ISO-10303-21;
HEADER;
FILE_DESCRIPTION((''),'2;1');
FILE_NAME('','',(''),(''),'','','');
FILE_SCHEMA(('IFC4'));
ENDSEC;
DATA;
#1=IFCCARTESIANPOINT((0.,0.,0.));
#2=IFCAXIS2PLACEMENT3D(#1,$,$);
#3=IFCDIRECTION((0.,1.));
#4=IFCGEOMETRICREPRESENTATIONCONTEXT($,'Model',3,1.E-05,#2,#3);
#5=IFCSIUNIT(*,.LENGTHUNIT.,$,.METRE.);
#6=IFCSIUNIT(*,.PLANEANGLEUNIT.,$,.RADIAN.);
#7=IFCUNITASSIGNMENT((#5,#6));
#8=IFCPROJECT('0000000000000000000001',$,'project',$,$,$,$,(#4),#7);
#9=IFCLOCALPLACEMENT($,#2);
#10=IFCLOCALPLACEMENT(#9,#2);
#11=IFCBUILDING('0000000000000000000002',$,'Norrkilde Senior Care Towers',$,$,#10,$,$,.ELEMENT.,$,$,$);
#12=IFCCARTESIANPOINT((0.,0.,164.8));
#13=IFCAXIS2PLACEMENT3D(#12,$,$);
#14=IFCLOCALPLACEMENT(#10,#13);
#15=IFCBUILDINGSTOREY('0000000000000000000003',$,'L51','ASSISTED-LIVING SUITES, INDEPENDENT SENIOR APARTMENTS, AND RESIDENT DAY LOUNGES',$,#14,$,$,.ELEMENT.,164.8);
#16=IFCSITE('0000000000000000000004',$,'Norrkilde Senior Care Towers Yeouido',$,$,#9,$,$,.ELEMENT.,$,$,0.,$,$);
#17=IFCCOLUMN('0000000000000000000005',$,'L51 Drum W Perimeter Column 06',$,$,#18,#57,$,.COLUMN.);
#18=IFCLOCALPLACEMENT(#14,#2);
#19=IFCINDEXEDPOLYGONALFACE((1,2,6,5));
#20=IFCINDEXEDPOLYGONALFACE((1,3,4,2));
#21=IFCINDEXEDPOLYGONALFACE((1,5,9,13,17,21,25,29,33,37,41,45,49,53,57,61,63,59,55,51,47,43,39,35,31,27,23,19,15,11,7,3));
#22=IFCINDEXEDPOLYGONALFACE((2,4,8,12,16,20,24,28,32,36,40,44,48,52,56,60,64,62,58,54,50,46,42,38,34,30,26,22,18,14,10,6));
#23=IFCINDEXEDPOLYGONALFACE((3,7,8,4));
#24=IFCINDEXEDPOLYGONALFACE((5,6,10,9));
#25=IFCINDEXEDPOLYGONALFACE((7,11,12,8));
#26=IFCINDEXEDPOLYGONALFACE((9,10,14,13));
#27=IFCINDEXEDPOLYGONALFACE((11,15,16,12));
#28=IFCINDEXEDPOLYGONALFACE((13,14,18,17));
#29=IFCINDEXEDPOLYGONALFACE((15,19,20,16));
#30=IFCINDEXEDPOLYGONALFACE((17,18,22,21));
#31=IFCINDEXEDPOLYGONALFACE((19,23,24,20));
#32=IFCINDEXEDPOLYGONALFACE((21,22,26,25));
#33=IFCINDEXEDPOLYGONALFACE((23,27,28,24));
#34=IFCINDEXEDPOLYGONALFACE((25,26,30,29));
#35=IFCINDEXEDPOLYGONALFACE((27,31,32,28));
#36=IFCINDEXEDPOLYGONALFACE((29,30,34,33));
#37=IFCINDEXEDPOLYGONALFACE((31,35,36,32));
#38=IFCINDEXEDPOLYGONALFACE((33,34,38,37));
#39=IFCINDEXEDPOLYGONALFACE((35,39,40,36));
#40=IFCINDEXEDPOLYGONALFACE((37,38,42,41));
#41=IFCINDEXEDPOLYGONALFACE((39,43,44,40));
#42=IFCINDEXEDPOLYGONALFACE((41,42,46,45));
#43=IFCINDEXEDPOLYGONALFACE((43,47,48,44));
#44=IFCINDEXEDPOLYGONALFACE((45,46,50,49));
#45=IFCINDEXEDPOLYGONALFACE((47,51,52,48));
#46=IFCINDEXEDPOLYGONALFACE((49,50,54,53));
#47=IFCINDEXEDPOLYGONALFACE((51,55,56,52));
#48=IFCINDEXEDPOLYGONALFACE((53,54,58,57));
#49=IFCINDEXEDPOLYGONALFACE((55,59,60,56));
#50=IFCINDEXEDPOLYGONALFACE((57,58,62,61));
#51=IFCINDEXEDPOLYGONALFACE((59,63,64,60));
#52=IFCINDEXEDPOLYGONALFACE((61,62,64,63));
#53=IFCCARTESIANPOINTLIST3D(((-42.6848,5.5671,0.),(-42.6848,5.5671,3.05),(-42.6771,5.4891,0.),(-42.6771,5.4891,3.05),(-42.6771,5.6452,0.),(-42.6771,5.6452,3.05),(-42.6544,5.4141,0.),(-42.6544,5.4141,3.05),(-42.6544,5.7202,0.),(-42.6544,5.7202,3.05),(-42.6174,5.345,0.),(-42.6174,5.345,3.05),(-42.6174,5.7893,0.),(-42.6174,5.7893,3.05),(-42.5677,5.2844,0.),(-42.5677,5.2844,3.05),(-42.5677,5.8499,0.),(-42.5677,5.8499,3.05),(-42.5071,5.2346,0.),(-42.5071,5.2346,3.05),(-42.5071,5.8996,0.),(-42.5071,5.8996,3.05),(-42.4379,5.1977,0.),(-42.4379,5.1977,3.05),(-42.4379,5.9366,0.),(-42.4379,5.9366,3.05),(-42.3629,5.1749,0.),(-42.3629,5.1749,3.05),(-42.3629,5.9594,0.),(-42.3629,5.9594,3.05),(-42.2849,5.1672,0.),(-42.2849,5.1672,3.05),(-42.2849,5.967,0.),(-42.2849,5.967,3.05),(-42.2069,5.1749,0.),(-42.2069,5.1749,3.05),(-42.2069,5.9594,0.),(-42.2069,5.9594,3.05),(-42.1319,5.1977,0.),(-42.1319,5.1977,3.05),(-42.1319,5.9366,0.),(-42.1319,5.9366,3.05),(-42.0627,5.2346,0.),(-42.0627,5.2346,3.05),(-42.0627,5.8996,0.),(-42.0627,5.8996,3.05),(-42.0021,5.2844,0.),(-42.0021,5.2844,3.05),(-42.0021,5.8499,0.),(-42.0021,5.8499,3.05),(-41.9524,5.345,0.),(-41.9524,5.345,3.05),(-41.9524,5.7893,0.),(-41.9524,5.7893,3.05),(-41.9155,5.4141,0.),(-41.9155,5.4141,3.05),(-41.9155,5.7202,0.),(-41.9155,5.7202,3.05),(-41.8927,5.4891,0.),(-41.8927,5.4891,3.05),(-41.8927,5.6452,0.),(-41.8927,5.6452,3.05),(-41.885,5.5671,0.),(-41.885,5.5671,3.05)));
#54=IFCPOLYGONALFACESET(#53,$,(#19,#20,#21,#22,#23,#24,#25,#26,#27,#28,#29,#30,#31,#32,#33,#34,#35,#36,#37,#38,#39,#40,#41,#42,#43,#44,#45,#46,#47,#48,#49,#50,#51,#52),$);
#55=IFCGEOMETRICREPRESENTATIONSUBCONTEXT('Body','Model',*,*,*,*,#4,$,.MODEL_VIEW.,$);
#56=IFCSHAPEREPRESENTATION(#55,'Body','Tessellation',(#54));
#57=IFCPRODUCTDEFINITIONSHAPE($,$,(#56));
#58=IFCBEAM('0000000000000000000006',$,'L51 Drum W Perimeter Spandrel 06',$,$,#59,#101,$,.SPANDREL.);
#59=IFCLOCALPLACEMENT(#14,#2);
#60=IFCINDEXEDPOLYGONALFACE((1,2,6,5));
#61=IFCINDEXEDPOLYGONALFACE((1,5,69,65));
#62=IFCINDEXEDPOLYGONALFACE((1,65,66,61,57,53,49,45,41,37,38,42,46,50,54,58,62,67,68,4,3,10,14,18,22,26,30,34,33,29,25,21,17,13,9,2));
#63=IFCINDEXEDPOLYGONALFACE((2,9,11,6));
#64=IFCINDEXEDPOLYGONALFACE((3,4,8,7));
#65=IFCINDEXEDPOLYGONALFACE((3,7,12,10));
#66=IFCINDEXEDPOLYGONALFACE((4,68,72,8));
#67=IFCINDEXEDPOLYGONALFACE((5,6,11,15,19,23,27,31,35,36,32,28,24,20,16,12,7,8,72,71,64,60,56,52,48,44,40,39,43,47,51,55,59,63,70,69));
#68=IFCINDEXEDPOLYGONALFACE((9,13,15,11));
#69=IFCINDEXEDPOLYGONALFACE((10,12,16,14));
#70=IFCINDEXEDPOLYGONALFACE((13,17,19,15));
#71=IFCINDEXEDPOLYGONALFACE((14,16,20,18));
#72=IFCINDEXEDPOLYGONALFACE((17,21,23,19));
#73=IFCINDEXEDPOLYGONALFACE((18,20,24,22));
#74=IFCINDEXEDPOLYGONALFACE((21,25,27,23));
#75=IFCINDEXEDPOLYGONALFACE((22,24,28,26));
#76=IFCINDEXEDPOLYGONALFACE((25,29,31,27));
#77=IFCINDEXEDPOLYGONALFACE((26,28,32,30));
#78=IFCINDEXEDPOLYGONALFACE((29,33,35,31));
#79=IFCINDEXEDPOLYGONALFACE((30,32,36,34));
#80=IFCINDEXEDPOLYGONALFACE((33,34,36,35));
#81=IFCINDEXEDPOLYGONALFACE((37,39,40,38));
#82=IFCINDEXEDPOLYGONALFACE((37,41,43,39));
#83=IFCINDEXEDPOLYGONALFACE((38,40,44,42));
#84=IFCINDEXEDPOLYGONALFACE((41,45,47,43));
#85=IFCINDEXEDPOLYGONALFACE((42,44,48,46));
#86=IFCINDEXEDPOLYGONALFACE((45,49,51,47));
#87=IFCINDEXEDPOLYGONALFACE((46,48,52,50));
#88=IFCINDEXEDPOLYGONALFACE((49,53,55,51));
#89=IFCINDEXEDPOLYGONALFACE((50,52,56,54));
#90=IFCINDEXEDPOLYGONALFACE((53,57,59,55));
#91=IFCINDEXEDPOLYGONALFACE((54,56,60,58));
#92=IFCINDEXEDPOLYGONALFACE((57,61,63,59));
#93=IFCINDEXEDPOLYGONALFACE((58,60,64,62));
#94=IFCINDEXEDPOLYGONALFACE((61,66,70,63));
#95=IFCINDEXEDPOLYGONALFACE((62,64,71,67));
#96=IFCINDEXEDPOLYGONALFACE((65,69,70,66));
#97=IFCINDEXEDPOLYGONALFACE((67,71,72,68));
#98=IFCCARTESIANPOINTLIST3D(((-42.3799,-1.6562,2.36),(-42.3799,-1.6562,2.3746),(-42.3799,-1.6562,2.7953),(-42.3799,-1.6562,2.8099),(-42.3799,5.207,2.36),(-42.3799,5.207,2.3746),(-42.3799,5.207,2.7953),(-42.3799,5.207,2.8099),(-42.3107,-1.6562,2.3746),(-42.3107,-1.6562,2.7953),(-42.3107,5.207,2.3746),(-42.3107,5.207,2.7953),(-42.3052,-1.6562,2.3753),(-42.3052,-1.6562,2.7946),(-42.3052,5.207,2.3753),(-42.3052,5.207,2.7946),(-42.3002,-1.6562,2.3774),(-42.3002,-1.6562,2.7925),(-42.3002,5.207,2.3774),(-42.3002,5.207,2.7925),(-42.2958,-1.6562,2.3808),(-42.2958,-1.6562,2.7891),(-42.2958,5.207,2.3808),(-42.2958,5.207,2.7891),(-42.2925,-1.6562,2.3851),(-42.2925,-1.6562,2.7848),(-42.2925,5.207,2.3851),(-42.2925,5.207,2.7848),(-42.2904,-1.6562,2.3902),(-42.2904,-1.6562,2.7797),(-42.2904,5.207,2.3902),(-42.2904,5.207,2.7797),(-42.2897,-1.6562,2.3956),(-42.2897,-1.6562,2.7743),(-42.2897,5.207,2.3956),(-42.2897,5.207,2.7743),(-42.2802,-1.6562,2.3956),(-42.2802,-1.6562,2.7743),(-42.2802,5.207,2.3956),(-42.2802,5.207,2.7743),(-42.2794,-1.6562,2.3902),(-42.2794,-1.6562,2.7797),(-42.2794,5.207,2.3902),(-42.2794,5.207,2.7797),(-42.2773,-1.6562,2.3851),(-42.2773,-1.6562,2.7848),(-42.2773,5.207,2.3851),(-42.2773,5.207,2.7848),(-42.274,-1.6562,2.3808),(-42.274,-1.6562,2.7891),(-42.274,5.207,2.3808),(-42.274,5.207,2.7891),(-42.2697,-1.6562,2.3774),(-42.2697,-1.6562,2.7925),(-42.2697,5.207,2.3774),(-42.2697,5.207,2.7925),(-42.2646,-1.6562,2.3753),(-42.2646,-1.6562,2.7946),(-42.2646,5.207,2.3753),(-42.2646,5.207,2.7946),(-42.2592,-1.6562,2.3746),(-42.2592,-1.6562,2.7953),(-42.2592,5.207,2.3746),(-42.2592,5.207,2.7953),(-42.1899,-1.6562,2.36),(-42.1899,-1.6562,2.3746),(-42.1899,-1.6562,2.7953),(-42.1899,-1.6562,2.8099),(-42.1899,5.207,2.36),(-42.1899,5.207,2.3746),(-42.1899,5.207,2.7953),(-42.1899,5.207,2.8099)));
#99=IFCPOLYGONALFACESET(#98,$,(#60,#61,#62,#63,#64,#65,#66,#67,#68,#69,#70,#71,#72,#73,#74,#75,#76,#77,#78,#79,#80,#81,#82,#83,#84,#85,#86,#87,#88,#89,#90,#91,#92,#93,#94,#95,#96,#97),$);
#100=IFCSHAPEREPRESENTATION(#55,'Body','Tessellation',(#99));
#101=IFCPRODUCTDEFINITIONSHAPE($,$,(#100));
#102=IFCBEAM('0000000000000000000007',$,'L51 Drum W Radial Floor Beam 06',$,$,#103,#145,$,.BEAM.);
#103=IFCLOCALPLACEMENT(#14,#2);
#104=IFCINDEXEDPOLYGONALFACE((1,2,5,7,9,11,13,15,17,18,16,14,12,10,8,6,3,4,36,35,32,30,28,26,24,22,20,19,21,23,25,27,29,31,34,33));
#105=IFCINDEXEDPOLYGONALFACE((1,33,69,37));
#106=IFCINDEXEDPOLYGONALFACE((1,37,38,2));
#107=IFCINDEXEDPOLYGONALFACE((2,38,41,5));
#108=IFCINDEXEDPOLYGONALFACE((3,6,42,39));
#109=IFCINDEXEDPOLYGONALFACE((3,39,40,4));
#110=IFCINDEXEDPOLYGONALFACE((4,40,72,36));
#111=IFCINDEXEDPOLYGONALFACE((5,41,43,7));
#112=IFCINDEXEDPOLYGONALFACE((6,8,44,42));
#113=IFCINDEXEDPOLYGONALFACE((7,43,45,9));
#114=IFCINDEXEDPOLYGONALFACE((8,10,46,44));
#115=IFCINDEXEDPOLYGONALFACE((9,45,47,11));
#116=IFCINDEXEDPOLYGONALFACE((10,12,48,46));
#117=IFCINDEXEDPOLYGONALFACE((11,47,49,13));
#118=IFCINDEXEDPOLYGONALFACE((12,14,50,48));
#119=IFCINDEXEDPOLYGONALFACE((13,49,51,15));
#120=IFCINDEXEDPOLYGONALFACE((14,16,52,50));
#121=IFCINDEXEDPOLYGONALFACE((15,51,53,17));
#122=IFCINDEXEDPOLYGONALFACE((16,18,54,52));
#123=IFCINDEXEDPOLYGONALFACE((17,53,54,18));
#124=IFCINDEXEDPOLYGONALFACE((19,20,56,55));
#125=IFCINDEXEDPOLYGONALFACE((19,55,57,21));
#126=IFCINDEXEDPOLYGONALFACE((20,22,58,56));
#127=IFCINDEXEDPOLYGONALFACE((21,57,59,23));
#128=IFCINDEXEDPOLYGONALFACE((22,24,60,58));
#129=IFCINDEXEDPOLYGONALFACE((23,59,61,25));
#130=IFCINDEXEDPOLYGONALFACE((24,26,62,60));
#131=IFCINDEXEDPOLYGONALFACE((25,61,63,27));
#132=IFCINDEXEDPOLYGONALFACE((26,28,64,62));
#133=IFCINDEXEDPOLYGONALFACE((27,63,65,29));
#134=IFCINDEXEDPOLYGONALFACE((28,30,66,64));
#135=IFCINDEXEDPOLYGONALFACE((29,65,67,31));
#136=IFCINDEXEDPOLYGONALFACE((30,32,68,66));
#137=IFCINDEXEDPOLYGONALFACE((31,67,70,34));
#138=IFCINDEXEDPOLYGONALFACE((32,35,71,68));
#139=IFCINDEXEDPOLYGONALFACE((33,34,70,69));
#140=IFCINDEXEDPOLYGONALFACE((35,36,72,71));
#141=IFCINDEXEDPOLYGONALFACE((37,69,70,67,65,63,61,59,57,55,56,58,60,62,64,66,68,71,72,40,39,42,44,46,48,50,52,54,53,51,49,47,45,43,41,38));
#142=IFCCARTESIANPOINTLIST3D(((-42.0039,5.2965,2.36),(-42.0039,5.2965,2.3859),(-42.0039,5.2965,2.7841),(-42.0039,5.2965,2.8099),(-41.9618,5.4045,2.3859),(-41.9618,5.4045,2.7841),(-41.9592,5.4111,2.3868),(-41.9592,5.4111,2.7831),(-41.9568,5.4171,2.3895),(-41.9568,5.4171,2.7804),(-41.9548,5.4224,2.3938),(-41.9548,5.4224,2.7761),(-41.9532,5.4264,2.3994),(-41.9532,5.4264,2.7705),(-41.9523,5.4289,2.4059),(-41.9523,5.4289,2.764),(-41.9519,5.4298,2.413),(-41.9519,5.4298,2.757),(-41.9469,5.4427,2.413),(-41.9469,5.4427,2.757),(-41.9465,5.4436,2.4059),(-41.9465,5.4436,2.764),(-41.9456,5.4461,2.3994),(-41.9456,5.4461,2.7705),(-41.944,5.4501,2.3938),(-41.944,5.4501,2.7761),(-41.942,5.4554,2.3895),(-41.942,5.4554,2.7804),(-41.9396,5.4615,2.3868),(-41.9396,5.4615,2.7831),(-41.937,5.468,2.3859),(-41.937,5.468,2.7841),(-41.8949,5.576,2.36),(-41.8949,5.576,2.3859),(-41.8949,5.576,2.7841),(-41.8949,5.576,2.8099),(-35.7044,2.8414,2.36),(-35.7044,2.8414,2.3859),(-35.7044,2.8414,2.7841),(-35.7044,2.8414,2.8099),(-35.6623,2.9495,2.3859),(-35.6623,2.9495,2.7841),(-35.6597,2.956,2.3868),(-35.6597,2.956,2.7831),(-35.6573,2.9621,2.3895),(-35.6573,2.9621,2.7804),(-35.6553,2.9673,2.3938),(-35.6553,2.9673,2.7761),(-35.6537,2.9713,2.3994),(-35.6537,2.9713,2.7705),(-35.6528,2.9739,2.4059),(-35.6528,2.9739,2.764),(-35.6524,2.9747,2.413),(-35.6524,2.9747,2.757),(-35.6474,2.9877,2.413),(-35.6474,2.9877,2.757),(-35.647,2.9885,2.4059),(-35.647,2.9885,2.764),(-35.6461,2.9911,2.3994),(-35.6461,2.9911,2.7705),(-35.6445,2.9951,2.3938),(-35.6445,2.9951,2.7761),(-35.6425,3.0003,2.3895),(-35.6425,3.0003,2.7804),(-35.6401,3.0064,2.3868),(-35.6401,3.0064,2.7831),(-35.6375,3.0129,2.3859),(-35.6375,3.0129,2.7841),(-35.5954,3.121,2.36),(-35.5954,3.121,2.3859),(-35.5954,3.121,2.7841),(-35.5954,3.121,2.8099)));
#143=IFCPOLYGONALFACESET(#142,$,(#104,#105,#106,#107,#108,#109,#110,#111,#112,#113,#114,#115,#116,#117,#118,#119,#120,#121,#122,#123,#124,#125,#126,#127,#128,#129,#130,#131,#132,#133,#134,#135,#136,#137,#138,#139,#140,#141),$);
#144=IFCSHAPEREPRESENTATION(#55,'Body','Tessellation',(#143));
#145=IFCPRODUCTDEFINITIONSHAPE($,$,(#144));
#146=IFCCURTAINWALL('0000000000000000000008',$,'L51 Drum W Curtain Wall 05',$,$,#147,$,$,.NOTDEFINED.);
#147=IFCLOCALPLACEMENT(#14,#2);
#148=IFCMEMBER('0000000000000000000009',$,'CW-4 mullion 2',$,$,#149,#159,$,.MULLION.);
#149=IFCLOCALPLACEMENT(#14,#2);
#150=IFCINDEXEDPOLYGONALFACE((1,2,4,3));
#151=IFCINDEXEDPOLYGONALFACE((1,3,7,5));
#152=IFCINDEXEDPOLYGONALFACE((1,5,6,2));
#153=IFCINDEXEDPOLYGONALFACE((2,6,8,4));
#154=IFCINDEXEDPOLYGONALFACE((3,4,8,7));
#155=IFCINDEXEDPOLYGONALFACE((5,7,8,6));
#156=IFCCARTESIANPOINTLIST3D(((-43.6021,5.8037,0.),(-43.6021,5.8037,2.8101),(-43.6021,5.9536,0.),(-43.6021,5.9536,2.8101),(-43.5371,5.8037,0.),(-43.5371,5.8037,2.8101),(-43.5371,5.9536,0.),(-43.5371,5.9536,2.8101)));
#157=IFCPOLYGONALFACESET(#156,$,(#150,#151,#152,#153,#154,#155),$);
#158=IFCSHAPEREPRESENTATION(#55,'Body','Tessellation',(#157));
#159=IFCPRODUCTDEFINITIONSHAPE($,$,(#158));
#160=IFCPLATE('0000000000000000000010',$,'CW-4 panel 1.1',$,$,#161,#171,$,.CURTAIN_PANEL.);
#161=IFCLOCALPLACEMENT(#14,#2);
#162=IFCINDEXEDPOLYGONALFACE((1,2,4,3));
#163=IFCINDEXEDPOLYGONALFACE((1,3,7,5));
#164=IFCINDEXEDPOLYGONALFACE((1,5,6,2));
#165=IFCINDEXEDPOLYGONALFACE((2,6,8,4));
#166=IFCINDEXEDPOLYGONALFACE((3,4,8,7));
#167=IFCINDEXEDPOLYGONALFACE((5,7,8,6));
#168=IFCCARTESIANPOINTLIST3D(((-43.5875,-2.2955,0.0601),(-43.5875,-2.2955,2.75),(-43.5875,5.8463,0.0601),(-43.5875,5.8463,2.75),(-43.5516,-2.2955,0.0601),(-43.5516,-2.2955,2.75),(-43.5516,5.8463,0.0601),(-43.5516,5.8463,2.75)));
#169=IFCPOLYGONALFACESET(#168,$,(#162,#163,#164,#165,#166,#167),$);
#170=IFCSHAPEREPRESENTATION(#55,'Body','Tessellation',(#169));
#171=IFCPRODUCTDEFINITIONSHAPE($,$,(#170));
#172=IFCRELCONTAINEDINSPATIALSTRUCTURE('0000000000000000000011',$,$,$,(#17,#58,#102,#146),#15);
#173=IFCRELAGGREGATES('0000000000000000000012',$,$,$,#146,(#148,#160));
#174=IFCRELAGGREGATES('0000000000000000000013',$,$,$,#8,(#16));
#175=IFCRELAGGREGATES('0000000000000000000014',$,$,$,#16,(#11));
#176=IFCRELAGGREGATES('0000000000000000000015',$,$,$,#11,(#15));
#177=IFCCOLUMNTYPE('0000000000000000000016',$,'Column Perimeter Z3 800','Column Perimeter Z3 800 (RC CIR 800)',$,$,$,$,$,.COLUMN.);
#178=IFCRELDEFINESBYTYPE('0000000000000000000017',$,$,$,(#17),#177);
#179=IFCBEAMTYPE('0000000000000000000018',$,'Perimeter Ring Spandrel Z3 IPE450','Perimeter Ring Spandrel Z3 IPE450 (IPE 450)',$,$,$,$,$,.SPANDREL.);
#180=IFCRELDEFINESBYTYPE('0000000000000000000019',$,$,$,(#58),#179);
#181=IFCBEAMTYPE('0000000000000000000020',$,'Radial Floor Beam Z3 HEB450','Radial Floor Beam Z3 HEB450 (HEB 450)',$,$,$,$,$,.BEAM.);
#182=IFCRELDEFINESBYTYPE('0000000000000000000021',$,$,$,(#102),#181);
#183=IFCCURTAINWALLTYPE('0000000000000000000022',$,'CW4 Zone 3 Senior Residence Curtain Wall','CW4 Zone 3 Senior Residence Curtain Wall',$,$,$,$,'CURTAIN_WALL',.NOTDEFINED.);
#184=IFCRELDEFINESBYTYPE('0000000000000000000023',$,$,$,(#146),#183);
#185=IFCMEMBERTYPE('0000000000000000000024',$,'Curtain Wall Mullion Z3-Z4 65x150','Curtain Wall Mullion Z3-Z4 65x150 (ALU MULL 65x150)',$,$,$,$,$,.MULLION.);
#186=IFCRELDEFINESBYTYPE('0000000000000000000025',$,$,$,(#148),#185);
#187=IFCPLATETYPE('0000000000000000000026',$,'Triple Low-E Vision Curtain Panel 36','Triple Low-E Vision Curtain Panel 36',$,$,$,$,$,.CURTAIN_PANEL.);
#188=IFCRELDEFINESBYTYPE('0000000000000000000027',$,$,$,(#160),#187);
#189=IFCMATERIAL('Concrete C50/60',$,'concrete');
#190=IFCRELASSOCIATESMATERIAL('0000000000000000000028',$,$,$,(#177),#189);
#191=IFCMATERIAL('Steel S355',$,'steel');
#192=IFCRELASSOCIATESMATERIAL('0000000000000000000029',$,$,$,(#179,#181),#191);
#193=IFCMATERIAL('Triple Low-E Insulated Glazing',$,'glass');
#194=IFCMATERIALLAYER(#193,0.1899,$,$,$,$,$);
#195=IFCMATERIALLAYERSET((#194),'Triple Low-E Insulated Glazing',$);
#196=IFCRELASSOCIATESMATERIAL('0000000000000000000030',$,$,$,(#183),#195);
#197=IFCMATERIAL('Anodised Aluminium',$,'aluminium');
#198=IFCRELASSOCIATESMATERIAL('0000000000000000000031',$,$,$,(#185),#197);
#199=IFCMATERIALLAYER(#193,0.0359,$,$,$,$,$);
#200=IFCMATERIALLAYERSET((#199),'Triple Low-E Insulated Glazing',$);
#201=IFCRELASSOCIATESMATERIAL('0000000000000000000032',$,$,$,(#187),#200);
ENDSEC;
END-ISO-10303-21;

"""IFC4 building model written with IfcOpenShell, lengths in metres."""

from ifc_helpers import new_model, si_unit, direction, frame, origin, origin_2d, place, context, subcontext, project, spatial, rectangle, circle, i_section, extrude, source, transform, mapped, material, layer, layer_set, material_profile, profile_set, type_object, type_shapes, element, aggregate, save


model = new_model("IFC4")

# Units and contexts
model_context = context("Model", 3, precision=1e-05, world=origin(), true_north=direction((0.0, 1.0)))
body_context = subcontext(model_context, "Body", "Model", "MODEL_VIEW")
ifc_project = project(units=[si_unit("LENGTHUNIT", "METRE"), si_unit("PLANEANGLEUNIT", "RADIAN")], contexts=[model_context])

# Site, building, storey
site_placement = place(None, origin())
site = spatial("IfcSite", under=ifc_project, at=site_placement, Name="Norrkilde Senior Care Towers Yeouido", CompositionType="ELEMENT", RefElevation=0.0)
building_placement = place(site_placement, origin())
building = spatial("IfcBuilding", under=site, at=building_placement, Name="Norrkilde Senior Care Towers", CompositionType="ELEMENT")
storey_placement = place(building_placement, frame((0.0, 0.0, 164.8)))
storey = spatial("IfcBuildingStorey", under=building, at=storey_placement, Name="L51", Description="ASSISTED-LIVING SUITES, INDEPENDENT SENIOR APARTMENTS, AND RESIDENT DAY LOUNGES", CompositionType="ELEMENT", Elevation=164.8)

# Column
ifc_material_1 = material(Name="Concrete C50/60", Category="concrete")
ifc_material_profile_1 = material_profile(ifc_material_1, circle(Radius=0.3999, at=origin_2d()), Name="RC CIR 800")
ifc_profile_set_1 = profile_set([ifc_material_profile_1], Name="Concrete C50/60")
column_type = type_object("IfcColumnType", Name="Column Perimeter Z3 800", Description="Column Perimeter Z3 800 (RC CIR 800)", PredefinedType="COLUMN", material=ifc_profile_set_1)
shared_shape_1 = source(origin(), body_context, "Body", "SweptSolid", [
    extrude(circle(Radius=0.3999, at=origin_2d()), origin(), (0.0, 0.0, 1.0), 3.05),
])
type_shapes(column_type, [shared_shape_1])
column_placement = place(storey_placement, frame((-42.2849, 5.5671, 0.0), z_axis=(0.0, 0.0, 1.0), x_axis=(1.0, 0.0, 0.0)))
element("IfcColumn", 1, at=column_placement, inside=storey, type_object=column_type, Name="L51 Drum W Perimeter Column 06", PredefinedType="COLUMN", context=body_context, shape_type="MappedRepresentation", body=[
    mapped(shared_shape_1, transform((0.0, 0.0, 0.0), x_axis=(1.0, 0.0, 0.0), y_axis=(0.0, 1.0, 0.0), z_axis=(0.0, 0.0, 1.0), scale=1.0)),
])

# Beams
ifc_material_2 = material(Name="Steel S355", Category="steel")
ifc_material_profile_2 = material_profile(ifc_material_2, i_section(OverallWidth=0.1899, OverallDepth=0.45, WebThickness=0.0095, FlangeThickness=0.0146, FilletRadius=0.021, at=origin_2d()), Name="IPE 450")
ifc_profile_set_2 = profile_set([ifc_material_profile_2], Name="Steel S355")
beam_type_1 = type_object("IfcBeamType", Name="Perimeter Ring Spandrel Z3 IPE450", Description="Perimeter Ring Spandrel Z3 IPE450 (IPE 450)", PredefinedType="SPANDREL", material=ifc_profile_set_2)
shared_shape_2 = source(origin(), body_context, "Body", "SweptSolid", [
    extrude(i_section(OverallWidth=0.1899, OverallDepth=0.45, WebThickness=0.0095, FlangeThickness=0.0146, FilletRadius=0.021, at=origin_2d()), origin(), (0.0, 0.0, 1.0), 6.8633),
])
type_shapes(beam_type_1, [shared_shape_2])
beam_1_placement = place(storey_placement, frame((-42.2849, 5.207, 2.585), z_axis=(0.0, -1.0, 0.0), x_axis=(1.0, 0.0, 0.0)))
element("IfcBeam", 2, at=beam_1_placement, inside=storey, type_object=beam_type_1, Name="L51 Drum W Perimeter Spandrel 06", PredefinedType="SPANDREL", context=body_context, shape_type="MappedRepresentation", body=[
    mapped(shared_shape_2, transform((0.0, 0.0, 0.0), x_axis=(1.0, 0.0, 0.0), y_axis=(0.0, 1.0, 0.0), z_axis=(0.0, 0.0, 1.0), scale=1.0)),
])
ifc_material_profile_3 = material_profile(ifc_material_2, i_section(OverallWidth=0.3, OverallDepth=0.45, WebThickness=0.0139, FlangeThickness=0.0259, FilletRadius=0.0271, at=origin_2d()), Name="HEB 450")
ifc_profile_set_3 = profile_set([ifc_material_profile_3], Name="Steel S355")
beam_type_2 = type_object("IfcBeamType", Name="Radial Floor Beam Z3 HEB450", Description="Radial Floor Beam Z3 HEB450 (HEB 450)", PredefinedType="BEAM", material=ifc_profile_set_3)
shared_shape_3 = source(origin(), body_context, "Body", "SweptSolid", [
    extrude(i_section(OverallWidth=0.3, OverallDepth=0.45, WebThickness=0.0139, FlangeThickness=0.0259, FilletRadius=0.0271, at=origin_2d()), origin(), (0.0, 0.0, 1.0), 6.761),
])
type_shapes(beam_type_2, [shared_shape_3])
beam_2_placement = place(storey_placement, frame((-35.6499, 2.9812, 2.585), z_axis=(-0.931742, 0.363121, 0.0), x_axis=(-0.363121, -0.931742, 0.0)))
element("IfcBeam", 3, at=beam_2_placement, inside=storey, type_object=beam_type_2, Name="L51 Drum W Radial Floor Beam 06", PredefinedType="BEAM", context=body_context, shape_type="MappedRepresentation", body=[
    mapped(shared_shape_3, transform((0.0, 0.0, 0.0), x_axis=(1.0, 0.0, 0.0), y_axis=(0.0, 1.0, 0.0), z_axis=(0.0, 0.0, 1.0), scale=1.0)),
])

# Curtain wall, member, plate
ifc_material_3 = material(Name="Triple Low-E Insulated Glazing", Category="glass")
ifc_layer_1 = layer(ifc_material_3, 0.1899)
ifc_layer_set_1 = layer_set([ifc_layer_1], Name="Triple Low-E Insulated Glazing")
curtain_wall_type = type_object("IfcCurtainWallType", Name="CW4 Zone 3 Senior Residence Curtain Wall", Description="CW4 Zone 3 Senior Residence Curtain Wall", ElementType="CURTAIN_WALL", PredefinedType="NOTDEFINED", material=ifc_layer_set_1)
curtain_wall_placement = place(storey_placement, origin())
curtain_wall = element("IfcCurtainWall", 4, at=curtain_wall_placement, inside=storey, type_object=curtain_wall_type, Name="L51 Drum W Curtain Wall 05", PredefinedType="NOTDEFINED")
ifc_material_4 = material(Name="Anodised Aluminium", Category="aluminium")
ifc_material_profile_4 = material_profile(ifc_material_4, rectangle(XDim=0.0649, YDim=0.1499, at=origin_2d()), Name="ALU MULL 65x150")
ifc_profile_set_4 = profile_set([ifc_material_profile_4], Name="Anodised Aluminium")
member_type = type_object("IfcMemberType", Name="Curtain Wall Mullion Z3-Z4 65x150", Description="Curtain Wall Mullion Z3-Z4 65x150 (ALU MULL 65x150)", PredefinedType="MULLION", material=ifc_profile_set_4)
shared_shape_4 = source(origin(), body_context, "Body", "SweptSolid", [
    extrude(rectangle(XDim=0.0649, YDim=0.1499, at=origin_2d()), origin(), (0.0, 0.0, 1.0), 2.8101),
])
type_shapes(member_type, [shared_shape_4])
member_placement = place(storey_placement, frame((-43.5696, 5.8787, 0.0), z_axis=(0.0, 0.0, 1.0), x_axis=(-1.0, 0.0, 0.0)))
member = element("IfcMember", 5, at=member_placement, type_object=member_type, Name="CW-4 mullion 2", PredefinedType="MULLION", context=body_context, shape_type="MappedRepresentation", body=[
    mapped(shared_shape_4, transform((0.0, 0.0, 0.0), x_axis=(1.0, 0.0, 0.0), y_axis=(0.0, 1.0, 0.0), z_axis=(0.0, 0.0, 1.0), scale=1.0)),
])
ifc_layer_2 = layer(ifc_material_3, 0.0359)
ifc_layer_set_2 = layer_set([ifc_layer_2], Name="Triple Low-E Insulated Glazing")
plate_type = type_object("IfcPlateType", Name="Triple Low-E Vision Curtain Panel 36", Description="Triple Low-E Vision Curtain Panel 36", PredefinedType="CURTAIN_PANEL", material=ifc_layer_set_2)
shared_shape_5 = source(origin(), body_context, "Body", "SweptSolid", [
    extrude(rectangle(XDim=8.1418, YDim=0.0359, at=origin_2d()), origin(), (0.0, 0.0, 1.0), 2.6899),
])
type_shapes(plate_type, [shared_shape_5])
plate_placement = place(storey_placement, frame((-43.5696, 1.7754, 0.0601), z_axis=(0.0, 0.0, 1.0), x_axis=(0.0, 1.0, 0.0)))
plate = element("IfcPlate", 6, at=plate_placement, type_object=plate_type, Name="CW-4 panel 1.1", PredefinedType="CURTAIN_PANEL", context=body_context, shape_type="MappedRepresentation", body=[
    mapped(shared_shape_5, transform((0.0, 0.0, 0.0), x_axis=(1.0, 0.0, 0.0), y_axis=(0.0, 1.0, 0.0), z_axis=(0.0, 0.0, 1.0), scale=1.0)),
])
aggregate(curtain_wall, [member, plate])

save(model, "model.ifc")
